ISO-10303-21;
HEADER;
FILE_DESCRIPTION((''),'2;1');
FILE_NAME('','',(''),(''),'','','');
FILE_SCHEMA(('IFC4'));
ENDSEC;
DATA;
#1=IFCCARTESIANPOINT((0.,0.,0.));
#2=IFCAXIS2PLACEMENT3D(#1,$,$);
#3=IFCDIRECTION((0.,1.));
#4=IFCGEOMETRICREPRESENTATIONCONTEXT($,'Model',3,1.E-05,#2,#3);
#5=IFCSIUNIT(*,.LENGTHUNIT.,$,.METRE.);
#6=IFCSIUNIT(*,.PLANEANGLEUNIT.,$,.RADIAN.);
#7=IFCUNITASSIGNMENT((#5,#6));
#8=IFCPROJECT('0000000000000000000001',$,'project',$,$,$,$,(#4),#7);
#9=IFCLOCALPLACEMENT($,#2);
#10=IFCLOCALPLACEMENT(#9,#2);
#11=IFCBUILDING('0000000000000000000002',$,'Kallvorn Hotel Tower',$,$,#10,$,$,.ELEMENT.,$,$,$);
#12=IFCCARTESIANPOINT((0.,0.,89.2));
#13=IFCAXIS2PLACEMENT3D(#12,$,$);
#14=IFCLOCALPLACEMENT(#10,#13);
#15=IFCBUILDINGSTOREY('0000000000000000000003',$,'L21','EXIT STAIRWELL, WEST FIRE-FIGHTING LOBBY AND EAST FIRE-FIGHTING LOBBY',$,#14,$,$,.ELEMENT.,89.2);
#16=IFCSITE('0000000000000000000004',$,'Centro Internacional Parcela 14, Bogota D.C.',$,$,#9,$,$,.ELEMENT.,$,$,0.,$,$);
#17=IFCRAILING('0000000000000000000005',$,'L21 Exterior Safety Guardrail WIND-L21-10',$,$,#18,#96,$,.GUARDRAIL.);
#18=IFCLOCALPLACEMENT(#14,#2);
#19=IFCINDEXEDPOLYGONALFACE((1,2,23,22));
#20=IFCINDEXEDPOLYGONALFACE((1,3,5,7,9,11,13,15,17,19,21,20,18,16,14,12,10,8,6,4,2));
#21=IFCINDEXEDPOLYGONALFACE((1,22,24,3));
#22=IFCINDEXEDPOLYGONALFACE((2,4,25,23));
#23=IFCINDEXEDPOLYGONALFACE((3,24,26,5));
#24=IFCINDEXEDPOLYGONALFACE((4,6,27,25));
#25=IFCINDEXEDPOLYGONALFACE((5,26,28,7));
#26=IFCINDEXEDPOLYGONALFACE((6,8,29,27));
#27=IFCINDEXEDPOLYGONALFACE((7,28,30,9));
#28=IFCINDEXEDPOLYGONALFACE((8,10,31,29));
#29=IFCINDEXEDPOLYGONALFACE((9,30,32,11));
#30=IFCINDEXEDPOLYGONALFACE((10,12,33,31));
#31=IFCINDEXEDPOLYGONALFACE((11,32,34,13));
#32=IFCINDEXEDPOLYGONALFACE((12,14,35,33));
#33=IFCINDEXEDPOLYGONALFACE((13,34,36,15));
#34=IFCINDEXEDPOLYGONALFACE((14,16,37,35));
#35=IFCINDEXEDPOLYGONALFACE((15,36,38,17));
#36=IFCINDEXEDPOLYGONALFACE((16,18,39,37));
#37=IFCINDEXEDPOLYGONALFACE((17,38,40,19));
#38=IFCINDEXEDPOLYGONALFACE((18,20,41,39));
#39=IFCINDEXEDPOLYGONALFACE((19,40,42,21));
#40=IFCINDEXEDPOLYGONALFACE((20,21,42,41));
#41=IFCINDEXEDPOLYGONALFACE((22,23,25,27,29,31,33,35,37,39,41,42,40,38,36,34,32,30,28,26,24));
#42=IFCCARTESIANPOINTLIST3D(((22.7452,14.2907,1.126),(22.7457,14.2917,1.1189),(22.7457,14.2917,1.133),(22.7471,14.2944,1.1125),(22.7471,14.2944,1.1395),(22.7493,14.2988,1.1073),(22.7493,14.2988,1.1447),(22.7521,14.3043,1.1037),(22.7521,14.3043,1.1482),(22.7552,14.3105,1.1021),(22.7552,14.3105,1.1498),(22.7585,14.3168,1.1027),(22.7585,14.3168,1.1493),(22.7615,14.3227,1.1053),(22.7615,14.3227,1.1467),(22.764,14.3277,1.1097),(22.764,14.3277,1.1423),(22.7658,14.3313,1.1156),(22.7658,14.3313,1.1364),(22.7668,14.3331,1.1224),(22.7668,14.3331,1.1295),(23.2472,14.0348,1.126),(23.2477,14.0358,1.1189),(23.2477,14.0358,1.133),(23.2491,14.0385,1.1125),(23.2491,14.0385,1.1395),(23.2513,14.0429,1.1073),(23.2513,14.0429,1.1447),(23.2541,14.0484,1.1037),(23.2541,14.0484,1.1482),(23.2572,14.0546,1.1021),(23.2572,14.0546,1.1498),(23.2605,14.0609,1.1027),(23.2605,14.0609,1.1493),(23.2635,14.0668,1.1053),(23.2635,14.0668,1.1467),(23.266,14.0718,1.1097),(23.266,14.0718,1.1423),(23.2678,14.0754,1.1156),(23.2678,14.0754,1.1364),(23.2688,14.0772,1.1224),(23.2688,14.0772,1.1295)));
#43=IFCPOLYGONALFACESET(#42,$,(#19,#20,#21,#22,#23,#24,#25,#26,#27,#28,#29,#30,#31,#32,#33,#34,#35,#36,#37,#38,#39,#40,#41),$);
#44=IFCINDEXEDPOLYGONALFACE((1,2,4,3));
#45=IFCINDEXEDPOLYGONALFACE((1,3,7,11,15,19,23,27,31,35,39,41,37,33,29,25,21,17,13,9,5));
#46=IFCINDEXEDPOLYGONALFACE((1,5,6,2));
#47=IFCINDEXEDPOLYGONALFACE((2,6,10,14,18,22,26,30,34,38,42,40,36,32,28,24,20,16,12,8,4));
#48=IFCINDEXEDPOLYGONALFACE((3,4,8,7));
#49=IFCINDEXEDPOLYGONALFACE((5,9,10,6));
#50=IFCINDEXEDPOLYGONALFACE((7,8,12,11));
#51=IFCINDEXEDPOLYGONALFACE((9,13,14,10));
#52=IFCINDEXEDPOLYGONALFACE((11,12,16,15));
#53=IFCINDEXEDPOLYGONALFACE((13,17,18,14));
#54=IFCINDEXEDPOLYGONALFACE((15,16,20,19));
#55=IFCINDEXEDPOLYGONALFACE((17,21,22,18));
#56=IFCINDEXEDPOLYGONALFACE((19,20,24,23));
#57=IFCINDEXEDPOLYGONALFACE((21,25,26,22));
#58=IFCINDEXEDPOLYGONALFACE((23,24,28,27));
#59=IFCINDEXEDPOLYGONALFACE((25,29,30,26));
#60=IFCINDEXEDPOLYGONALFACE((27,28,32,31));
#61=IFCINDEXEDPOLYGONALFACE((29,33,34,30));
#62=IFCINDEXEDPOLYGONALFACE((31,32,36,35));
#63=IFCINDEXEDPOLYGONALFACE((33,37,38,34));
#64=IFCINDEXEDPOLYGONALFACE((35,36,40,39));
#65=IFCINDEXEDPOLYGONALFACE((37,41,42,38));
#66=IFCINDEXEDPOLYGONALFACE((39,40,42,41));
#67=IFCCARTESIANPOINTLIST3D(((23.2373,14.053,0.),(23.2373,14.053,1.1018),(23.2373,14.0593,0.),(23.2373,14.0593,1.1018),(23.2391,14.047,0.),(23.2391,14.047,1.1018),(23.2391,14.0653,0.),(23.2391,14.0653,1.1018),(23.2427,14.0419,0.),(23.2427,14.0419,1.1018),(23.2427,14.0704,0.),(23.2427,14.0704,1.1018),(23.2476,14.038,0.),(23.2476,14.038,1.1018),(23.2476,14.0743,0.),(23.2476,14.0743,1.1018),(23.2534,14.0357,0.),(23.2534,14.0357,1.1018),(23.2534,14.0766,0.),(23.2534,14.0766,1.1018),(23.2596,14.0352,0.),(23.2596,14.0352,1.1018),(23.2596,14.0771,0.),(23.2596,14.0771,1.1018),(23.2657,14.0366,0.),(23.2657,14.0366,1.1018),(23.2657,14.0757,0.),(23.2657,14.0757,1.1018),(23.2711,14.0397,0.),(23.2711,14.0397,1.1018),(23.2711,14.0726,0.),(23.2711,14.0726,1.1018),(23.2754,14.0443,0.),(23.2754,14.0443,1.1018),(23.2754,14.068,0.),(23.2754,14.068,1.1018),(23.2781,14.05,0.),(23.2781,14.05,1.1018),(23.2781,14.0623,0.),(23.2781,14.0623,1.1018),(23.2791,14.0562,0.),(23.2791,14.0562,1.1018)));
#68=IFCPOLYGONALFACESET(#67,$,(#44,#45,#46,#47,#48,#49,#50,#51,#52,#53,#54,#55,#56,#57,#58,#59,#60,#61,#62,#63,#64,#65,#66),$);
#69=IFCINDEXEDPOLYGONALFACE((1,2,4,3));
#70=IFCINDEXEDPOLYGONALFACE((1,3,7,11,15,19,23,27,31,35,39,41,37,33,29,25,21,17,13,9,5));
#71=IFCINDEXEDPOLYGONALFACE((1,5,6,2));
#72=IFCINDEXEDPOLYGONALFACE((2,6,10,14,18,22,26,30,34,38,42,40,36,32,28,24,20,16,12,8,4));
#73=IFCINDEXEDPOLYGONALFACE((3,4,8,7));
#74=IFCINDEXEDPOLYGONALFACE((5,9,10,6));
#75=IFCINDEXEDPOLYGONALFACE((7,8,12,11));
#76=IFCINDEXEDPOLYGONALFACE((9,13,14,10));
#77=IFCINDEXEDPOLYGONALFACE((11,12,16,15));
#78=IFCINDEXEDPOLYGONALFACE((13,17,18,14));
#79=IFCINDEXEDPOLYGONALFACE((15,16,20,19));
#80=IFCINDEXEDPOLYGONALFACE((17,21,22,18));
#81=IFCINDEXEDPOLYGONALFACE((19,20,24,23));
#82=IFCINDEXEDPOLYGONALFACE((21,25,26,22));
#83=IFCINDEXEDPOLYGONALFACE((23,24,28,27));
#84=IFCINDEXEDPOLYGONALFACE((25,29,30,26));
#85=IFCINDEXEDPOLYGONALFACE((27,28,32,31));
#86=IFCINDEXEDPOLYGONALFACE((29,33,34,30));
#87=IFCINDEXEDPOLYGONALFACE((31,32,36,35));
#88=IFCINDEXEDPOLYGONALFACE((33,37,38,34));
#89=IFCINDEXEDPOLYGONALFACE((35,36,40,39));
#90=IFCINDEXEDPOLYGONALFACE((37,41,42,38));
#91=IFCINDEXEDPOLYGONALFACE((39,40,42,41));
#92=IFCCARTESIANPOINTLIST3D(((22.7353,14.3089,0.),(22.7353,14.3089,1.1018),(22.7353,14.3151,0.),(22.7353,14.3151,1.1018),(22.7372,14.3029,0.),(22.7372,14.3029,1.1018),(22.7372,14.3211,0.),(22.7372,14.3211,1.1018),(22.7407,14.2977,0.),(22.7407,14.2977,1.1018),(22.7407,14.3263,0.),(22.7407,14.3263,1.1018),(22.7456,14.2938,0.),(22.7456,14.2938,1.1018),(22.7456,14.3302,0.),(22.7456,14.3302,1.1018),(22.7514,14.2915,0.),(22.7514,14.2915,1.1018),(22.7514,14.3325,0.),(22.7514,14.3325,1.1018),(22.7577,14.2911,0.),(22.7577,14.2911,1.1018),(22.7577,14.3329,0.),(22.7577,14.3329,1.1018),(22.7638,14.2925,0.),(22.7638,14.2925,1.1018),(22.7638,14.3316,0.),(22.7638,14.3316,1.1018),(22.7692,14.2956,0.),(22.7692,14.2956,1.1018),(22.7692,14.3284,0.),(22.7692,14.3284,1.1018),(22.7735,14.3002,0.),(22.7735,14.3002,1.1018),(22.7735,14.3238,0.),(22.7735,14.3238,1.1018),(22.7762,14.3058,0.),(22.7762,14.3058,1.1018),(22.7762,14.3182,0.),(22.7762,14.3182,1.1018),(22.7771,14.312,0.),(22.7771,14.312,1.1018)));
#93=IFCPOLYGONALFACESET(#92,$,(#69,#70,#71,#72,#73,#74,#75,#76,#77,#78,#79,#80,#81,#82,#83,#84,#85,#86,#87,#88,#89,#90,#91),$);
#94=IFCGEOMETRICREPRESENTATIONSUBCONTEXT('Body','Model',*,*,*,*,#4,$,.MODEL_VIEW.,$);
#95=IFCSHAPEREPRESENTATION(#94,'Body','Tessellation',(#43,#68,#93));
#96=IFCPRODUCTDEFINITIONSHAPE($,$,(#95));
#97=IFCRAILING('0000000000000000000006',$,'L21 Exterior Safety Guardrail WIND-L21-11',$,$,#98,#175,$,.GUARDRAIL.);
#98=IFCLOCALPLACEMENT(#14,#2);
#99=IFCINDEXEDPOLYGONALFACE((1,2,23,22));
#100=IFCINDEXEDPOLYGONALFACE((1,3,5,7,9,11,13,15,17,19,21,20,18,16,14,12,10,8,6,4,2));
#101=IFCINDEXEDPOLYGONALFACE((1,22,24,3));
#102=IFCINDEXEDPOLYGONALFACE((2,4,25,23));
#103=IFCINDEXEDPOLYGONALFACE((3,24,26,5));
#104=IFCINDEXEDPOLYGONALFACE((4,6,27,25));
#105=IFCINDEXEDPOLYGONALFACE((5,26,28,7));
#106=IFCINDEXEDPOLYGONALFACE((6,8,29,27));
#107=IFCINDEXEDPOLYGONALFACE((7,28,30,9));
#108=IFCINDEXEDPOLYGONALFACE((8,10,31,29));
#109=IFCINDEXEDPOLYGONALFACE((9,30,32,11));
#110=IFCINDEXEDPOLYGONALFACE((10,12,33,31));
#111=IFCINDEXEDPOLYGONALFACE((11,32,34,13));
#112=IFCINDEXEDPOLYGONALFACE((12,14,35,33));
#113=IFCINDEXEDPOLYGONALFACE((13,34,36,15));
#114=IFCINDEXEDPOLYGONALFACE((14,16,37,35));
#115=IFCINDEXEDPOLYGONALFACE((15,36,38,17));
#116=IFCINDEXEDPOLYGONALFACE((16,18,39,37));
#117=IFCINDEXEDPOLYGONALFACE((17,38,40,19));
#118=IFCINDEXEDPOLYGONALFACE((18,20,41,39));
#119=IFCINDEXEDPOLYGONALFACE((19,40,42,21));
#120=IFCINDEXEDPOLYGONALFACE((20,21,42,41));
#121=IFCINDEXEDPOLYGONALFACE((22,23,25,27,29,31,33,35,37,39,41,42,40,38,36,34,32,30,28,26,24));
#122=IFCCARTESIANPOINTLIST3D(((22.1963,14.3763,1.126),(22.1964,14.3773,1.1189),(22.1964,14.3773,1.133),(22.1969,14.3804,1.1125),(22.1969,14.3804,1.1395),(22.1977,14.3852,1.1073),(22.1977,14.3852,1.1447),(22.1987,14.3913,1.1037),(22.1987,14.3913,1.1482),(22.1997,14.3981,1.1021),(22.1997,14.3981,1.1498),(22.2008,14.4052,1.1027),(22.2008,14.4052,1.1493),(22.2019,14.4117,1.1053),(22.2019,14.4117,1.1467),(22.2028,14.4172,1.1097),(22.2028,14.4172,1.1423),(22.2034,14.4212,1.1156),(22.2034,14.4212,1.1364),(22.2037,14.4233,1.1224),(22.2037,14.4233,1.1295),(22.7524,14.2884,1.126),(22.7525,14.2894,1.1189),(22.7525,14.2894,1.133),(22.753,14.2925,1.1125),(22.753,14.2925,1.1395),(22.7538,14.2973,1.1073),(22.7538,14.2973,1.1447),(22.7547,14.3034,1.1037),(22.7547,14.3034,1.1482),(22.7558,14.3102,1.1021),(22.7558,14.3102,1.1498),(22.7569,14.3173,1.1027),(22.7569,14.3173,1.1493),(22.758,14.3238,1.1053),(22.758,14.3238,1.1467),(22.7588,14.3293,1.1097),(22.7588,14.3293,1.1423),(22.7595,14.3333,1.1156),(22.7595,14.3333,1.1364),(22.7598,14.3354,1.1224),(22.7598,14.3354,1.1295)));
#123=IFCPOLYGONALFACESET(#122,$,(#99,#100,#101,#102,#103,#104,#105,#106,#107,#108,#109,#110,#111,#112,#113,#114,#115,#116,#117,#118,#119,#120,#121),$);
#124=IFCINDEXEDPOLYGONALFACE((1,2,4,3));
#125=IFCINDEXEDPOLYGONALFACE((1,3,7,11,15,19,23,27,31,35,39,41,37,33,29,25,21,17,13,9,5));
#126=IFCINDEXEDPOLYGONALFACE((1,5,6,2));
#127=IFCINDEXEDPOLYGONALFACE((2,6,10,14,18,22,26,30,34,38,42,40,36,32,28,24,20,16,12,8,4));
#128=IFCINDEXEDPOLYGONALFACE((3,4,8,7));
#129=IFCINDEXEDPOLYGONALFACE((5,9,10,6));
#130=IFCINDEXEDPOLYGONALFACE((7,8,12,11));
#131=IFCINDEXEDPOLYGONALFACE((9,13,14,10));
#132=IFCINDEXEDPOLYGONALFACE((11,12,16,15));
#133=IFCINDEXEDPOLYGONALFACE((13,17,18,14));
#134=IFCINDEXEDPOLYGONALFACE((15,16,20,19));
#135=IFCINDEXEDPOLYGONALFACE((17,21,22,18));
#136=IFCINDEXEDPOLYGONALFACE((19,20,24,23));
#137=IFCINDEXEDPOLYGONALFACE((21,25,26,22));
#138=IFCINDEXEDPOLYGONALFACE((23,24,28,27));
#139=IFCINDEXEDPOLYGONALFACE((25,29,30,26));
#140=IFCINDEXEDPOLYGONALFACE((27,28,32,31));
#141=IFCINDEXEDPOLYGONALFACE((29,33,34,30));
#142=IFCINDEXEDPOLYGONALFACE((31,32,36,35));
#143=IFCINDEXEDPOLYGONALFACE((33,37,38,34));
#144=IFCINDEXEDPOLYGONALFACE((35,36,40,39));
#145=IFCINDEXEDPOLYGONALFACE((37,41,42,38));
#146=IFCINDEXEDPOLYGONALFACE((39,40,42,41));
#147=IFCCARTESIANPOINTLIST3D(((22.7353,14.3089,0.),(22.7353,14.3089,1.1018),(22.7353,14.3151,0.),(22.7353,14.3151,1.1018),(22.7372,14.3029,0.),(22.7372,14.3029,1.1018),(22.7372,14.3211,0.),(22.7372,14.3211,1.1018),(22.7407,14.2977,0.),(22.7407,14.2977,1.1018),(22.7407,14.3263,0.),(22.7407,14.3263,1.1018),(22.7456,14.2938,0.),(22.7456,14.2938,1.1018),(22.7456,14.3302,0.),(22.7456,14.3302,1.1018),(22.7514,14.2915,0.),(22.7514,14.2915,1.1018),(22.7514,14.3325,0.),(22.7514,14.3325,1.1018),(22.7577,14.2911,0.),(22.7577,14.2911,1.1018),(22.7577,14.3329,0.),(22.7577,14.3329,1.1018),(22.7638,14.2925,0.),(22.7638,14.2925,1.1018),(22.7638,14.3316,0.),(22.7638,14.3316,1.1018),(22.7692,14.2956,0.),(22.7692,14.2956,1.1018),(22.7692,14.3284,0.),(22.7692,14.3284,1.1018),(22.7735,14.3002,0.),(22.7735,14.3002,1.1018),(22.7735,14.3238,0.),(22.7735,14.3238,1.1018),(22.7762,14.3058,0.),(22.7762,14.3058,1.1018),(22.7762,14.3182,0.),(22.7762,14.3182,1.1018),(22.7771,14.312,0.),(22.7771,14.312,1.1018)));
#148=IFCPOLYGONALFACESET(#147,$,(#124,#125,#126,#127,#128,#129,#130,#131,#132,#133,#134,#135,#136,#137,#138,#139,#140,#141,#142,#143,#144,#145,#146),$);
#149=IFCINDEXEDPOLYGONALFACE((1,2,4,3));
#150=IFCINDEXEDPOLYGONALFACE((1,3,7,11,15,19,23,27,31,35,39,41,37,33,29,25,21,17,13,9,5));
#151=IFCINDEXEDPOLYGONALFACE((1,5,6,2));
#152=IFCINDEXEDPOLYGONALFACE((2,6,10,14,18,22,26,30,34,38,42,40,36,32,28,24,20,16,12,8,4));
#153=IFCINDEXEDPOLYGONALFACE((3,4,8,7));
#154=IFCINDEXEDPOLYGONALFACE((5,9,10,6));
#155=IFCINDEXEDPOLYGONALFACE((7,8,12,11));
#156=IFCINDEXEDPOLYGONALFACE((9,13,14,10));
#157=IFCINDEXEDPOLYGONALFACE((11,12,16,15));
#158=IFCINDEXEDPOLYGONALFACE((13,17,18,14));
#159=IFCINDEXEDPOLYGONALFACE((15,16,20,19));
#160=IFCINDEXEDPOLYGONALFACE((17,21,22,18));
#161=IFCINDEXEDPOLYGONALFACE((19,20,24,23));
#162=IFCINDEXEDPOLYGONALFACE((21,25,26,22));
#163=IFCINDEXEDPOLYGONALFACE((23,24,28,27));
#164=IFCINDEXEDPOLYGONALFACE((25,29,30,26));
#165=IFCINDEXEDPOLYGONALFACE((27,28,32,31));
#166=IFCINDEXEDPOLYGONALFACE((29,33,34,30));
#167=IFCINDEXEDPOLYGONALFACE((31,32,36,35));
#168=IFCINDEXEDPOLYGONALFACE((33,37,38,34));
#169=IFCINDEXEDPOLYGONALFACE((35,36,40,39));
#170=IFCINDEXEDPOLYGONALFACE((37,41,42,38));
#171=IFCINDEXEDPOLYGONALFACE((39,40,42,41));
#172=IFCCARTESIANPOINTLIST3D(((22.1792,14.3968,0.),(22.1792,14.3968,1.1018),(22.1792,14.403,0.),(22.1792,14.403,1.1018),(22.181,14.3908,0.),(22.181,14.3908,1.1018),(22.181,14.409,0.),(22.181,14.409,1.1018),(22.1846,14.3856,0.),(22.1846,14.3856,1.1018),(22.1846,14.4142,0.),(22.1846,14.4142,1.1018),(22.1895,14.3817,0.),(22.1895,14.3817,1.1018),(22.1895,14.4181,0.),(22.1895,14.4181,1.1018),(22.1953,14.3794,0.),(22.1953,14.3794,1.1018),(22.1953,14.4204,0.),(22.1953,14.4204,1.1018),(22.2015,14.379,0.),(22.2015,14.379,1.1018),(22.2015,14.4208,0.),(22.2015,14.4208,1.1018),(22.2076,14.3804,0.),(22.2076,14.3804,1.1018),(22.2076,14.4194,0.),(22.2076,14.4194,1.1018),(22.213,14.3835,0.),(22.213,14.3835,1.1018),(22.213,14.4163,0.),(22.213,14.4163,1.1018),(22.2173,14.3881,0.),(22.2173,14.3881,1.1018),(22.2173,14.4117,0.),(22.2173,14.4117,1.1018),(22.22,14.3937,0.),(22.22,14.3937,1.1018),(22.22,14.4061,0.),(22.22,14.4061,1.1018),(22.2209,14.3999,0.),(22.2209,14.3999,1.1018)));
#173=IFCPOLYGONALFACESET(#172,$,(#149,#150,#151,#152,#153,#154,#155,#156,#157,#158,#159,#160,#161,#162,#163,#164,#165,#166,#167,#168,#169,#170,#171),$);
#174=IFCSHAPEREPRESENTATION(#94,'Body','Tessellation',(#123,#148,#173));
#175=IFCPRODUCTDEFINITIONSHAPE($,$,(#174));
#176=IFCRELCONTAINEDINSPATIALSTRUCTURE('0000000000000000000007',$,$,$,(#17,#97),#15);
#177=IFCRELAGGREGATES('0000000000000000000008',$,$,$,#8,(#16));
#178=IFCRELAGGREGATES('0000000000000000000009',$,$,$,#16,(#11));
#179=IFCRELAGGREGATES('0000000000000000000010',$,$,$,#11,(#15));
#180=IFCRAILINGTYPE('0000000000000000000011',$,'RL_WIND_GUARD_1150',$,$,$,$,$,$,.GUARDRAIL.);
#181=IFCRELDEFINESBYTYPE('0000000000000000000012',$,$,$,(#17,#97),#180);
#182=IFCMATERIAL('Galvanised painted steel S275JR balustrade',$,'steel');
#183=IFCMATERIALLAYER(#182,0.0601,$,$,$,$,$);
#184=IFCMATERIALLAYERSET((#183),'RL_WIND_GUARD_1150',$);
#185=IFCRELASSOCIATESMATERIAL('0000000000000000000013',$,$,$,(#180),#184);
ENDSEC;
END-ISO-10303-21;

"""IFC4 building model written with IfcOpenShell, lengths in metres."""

from ifc_helpers import new_model, si_unit, direction, frame, origin, origin_2d, place, context, subcontext, project, spatial, circle, extrude, material, layer, layer_set, type_object, element, save


model = new_model("IFC4")

# Units and contexts
model_context = context("Model", 3, precision=1e-05, world=origin(), true_north=direction((0.0, 1.0)))
body_context = subcontext(model_context, "Body", "Model", "MODEL_VIEW")
ifc_project = project(units=[si_unit("LENGTHUNIT", "METRE"), si_unit("PLANEANGLEUNIT", "RADIAN")], contexts=[model_context])

# Site, building, storey
site_placement = place(None, origin())
site = spatial("IfcSite", under=ifc_project, at=site_placement, Name="Centro Internacional Parcela 14, Bogota D.C.", CompositionType="ELEMENT", RefElevation=0.0)
building_placement = place(site_placement, origin())
building = spatial("IfcBuilding", under=site, at=building_placement, Name="Kallvorn Hotel Tower", CompositionType="ELEMENT")
storey_placement = place(building_placement, frame((0.0, 0.0, 89.2)))
storey = spatial("IfcBuildingStorey", under=building, at=storey_placement, Name="L21", Description="EXIT STAIRWELL, WEST FIRE-FIGHTING LOBBY AND EAST FIRE-FIGHTING LOBBY", CompositionType="ELEMENT", Elevation=89.2)

# Railings
ifc_material_1 = material(Name="Galvanised painted steel S275JR balustrade", Category="steel")
ifc_layer_1 = layer(ifc_material_1, 0.0601)
ifc_layer_set_1 = layer_set([ifc_layer_1], Name="RL_WIND_GUARD_1150")
railing_type = type_object("IfcRailingType", Name="RL_WIND_GUARD_1150", PredefinedType="GUARDRAIL", material=ifc_layer_set_1)
railing_1_placement = place(storey_placement, frame((23.2581, 14.0562, 0.0)))
element("IfcRailing", 1, at=railing_1_placement, inside=storey, type_object=railing_type, Name="L21 Exterior Safety Guardrail WIND-L21-10", PredefinedType="GUARDRAIL", context=body_context, shape_type="SweptSolid", body=[
    extrude(circle(Radius=0.0239, at=origin_2d()), frame((0.0, 0.0, 1.126), z_axis=(-0.890934, 0.454133, 0.0), x_axis=(-0.454133, -0.890934, 0.0)), (0.0, 0.0, 1.0), 0.5635),
    extrude(circle(Radius=0.021, at=origin_2d()), origin(), (0.0, 0.0, 1.0), 1.1018),
    extrude(circle(Radius=0.021, at=origin_2d()), frame((-0.502, 0.2559, 0.0)), (0.0, 0.0, 1.0), 1.1018),
])
railing_2_placement = place(storey_placement, frame((22.7561, 14.312, 0.0)))
element("IfcRailing", 2, at=railing_2_placement, inside=storey, type_object=railing_type, Name="L21 Exterior Safety Guardrail WIND-L21-11", PredefinedType="GUARDRAIL", context=body_context, shape_type="SweptSolid", body=[
    extrude(circle(Radius=0.0239, at=origin_2d()), frame((0.0, 0.0, 1.126), z_axis=(-0.987742, 0.156096, 0.0), x_axis=(-0.156096, -0.987742, 0.0)), (0.0, 0.0, 1.0), 0.563),
    extrude(circle(Radius=0.021, at=origin_2d()), origin(), (0.0, 0.0, 1.0), 1.1018),
    extrude(circle(Radius=0.021, at=origin_2d()), frame((-0.5562, 0.0879, 0.0)), (0.0, 0.0, 1.0), 1.1018),
])

save(model, "model.ifc")
